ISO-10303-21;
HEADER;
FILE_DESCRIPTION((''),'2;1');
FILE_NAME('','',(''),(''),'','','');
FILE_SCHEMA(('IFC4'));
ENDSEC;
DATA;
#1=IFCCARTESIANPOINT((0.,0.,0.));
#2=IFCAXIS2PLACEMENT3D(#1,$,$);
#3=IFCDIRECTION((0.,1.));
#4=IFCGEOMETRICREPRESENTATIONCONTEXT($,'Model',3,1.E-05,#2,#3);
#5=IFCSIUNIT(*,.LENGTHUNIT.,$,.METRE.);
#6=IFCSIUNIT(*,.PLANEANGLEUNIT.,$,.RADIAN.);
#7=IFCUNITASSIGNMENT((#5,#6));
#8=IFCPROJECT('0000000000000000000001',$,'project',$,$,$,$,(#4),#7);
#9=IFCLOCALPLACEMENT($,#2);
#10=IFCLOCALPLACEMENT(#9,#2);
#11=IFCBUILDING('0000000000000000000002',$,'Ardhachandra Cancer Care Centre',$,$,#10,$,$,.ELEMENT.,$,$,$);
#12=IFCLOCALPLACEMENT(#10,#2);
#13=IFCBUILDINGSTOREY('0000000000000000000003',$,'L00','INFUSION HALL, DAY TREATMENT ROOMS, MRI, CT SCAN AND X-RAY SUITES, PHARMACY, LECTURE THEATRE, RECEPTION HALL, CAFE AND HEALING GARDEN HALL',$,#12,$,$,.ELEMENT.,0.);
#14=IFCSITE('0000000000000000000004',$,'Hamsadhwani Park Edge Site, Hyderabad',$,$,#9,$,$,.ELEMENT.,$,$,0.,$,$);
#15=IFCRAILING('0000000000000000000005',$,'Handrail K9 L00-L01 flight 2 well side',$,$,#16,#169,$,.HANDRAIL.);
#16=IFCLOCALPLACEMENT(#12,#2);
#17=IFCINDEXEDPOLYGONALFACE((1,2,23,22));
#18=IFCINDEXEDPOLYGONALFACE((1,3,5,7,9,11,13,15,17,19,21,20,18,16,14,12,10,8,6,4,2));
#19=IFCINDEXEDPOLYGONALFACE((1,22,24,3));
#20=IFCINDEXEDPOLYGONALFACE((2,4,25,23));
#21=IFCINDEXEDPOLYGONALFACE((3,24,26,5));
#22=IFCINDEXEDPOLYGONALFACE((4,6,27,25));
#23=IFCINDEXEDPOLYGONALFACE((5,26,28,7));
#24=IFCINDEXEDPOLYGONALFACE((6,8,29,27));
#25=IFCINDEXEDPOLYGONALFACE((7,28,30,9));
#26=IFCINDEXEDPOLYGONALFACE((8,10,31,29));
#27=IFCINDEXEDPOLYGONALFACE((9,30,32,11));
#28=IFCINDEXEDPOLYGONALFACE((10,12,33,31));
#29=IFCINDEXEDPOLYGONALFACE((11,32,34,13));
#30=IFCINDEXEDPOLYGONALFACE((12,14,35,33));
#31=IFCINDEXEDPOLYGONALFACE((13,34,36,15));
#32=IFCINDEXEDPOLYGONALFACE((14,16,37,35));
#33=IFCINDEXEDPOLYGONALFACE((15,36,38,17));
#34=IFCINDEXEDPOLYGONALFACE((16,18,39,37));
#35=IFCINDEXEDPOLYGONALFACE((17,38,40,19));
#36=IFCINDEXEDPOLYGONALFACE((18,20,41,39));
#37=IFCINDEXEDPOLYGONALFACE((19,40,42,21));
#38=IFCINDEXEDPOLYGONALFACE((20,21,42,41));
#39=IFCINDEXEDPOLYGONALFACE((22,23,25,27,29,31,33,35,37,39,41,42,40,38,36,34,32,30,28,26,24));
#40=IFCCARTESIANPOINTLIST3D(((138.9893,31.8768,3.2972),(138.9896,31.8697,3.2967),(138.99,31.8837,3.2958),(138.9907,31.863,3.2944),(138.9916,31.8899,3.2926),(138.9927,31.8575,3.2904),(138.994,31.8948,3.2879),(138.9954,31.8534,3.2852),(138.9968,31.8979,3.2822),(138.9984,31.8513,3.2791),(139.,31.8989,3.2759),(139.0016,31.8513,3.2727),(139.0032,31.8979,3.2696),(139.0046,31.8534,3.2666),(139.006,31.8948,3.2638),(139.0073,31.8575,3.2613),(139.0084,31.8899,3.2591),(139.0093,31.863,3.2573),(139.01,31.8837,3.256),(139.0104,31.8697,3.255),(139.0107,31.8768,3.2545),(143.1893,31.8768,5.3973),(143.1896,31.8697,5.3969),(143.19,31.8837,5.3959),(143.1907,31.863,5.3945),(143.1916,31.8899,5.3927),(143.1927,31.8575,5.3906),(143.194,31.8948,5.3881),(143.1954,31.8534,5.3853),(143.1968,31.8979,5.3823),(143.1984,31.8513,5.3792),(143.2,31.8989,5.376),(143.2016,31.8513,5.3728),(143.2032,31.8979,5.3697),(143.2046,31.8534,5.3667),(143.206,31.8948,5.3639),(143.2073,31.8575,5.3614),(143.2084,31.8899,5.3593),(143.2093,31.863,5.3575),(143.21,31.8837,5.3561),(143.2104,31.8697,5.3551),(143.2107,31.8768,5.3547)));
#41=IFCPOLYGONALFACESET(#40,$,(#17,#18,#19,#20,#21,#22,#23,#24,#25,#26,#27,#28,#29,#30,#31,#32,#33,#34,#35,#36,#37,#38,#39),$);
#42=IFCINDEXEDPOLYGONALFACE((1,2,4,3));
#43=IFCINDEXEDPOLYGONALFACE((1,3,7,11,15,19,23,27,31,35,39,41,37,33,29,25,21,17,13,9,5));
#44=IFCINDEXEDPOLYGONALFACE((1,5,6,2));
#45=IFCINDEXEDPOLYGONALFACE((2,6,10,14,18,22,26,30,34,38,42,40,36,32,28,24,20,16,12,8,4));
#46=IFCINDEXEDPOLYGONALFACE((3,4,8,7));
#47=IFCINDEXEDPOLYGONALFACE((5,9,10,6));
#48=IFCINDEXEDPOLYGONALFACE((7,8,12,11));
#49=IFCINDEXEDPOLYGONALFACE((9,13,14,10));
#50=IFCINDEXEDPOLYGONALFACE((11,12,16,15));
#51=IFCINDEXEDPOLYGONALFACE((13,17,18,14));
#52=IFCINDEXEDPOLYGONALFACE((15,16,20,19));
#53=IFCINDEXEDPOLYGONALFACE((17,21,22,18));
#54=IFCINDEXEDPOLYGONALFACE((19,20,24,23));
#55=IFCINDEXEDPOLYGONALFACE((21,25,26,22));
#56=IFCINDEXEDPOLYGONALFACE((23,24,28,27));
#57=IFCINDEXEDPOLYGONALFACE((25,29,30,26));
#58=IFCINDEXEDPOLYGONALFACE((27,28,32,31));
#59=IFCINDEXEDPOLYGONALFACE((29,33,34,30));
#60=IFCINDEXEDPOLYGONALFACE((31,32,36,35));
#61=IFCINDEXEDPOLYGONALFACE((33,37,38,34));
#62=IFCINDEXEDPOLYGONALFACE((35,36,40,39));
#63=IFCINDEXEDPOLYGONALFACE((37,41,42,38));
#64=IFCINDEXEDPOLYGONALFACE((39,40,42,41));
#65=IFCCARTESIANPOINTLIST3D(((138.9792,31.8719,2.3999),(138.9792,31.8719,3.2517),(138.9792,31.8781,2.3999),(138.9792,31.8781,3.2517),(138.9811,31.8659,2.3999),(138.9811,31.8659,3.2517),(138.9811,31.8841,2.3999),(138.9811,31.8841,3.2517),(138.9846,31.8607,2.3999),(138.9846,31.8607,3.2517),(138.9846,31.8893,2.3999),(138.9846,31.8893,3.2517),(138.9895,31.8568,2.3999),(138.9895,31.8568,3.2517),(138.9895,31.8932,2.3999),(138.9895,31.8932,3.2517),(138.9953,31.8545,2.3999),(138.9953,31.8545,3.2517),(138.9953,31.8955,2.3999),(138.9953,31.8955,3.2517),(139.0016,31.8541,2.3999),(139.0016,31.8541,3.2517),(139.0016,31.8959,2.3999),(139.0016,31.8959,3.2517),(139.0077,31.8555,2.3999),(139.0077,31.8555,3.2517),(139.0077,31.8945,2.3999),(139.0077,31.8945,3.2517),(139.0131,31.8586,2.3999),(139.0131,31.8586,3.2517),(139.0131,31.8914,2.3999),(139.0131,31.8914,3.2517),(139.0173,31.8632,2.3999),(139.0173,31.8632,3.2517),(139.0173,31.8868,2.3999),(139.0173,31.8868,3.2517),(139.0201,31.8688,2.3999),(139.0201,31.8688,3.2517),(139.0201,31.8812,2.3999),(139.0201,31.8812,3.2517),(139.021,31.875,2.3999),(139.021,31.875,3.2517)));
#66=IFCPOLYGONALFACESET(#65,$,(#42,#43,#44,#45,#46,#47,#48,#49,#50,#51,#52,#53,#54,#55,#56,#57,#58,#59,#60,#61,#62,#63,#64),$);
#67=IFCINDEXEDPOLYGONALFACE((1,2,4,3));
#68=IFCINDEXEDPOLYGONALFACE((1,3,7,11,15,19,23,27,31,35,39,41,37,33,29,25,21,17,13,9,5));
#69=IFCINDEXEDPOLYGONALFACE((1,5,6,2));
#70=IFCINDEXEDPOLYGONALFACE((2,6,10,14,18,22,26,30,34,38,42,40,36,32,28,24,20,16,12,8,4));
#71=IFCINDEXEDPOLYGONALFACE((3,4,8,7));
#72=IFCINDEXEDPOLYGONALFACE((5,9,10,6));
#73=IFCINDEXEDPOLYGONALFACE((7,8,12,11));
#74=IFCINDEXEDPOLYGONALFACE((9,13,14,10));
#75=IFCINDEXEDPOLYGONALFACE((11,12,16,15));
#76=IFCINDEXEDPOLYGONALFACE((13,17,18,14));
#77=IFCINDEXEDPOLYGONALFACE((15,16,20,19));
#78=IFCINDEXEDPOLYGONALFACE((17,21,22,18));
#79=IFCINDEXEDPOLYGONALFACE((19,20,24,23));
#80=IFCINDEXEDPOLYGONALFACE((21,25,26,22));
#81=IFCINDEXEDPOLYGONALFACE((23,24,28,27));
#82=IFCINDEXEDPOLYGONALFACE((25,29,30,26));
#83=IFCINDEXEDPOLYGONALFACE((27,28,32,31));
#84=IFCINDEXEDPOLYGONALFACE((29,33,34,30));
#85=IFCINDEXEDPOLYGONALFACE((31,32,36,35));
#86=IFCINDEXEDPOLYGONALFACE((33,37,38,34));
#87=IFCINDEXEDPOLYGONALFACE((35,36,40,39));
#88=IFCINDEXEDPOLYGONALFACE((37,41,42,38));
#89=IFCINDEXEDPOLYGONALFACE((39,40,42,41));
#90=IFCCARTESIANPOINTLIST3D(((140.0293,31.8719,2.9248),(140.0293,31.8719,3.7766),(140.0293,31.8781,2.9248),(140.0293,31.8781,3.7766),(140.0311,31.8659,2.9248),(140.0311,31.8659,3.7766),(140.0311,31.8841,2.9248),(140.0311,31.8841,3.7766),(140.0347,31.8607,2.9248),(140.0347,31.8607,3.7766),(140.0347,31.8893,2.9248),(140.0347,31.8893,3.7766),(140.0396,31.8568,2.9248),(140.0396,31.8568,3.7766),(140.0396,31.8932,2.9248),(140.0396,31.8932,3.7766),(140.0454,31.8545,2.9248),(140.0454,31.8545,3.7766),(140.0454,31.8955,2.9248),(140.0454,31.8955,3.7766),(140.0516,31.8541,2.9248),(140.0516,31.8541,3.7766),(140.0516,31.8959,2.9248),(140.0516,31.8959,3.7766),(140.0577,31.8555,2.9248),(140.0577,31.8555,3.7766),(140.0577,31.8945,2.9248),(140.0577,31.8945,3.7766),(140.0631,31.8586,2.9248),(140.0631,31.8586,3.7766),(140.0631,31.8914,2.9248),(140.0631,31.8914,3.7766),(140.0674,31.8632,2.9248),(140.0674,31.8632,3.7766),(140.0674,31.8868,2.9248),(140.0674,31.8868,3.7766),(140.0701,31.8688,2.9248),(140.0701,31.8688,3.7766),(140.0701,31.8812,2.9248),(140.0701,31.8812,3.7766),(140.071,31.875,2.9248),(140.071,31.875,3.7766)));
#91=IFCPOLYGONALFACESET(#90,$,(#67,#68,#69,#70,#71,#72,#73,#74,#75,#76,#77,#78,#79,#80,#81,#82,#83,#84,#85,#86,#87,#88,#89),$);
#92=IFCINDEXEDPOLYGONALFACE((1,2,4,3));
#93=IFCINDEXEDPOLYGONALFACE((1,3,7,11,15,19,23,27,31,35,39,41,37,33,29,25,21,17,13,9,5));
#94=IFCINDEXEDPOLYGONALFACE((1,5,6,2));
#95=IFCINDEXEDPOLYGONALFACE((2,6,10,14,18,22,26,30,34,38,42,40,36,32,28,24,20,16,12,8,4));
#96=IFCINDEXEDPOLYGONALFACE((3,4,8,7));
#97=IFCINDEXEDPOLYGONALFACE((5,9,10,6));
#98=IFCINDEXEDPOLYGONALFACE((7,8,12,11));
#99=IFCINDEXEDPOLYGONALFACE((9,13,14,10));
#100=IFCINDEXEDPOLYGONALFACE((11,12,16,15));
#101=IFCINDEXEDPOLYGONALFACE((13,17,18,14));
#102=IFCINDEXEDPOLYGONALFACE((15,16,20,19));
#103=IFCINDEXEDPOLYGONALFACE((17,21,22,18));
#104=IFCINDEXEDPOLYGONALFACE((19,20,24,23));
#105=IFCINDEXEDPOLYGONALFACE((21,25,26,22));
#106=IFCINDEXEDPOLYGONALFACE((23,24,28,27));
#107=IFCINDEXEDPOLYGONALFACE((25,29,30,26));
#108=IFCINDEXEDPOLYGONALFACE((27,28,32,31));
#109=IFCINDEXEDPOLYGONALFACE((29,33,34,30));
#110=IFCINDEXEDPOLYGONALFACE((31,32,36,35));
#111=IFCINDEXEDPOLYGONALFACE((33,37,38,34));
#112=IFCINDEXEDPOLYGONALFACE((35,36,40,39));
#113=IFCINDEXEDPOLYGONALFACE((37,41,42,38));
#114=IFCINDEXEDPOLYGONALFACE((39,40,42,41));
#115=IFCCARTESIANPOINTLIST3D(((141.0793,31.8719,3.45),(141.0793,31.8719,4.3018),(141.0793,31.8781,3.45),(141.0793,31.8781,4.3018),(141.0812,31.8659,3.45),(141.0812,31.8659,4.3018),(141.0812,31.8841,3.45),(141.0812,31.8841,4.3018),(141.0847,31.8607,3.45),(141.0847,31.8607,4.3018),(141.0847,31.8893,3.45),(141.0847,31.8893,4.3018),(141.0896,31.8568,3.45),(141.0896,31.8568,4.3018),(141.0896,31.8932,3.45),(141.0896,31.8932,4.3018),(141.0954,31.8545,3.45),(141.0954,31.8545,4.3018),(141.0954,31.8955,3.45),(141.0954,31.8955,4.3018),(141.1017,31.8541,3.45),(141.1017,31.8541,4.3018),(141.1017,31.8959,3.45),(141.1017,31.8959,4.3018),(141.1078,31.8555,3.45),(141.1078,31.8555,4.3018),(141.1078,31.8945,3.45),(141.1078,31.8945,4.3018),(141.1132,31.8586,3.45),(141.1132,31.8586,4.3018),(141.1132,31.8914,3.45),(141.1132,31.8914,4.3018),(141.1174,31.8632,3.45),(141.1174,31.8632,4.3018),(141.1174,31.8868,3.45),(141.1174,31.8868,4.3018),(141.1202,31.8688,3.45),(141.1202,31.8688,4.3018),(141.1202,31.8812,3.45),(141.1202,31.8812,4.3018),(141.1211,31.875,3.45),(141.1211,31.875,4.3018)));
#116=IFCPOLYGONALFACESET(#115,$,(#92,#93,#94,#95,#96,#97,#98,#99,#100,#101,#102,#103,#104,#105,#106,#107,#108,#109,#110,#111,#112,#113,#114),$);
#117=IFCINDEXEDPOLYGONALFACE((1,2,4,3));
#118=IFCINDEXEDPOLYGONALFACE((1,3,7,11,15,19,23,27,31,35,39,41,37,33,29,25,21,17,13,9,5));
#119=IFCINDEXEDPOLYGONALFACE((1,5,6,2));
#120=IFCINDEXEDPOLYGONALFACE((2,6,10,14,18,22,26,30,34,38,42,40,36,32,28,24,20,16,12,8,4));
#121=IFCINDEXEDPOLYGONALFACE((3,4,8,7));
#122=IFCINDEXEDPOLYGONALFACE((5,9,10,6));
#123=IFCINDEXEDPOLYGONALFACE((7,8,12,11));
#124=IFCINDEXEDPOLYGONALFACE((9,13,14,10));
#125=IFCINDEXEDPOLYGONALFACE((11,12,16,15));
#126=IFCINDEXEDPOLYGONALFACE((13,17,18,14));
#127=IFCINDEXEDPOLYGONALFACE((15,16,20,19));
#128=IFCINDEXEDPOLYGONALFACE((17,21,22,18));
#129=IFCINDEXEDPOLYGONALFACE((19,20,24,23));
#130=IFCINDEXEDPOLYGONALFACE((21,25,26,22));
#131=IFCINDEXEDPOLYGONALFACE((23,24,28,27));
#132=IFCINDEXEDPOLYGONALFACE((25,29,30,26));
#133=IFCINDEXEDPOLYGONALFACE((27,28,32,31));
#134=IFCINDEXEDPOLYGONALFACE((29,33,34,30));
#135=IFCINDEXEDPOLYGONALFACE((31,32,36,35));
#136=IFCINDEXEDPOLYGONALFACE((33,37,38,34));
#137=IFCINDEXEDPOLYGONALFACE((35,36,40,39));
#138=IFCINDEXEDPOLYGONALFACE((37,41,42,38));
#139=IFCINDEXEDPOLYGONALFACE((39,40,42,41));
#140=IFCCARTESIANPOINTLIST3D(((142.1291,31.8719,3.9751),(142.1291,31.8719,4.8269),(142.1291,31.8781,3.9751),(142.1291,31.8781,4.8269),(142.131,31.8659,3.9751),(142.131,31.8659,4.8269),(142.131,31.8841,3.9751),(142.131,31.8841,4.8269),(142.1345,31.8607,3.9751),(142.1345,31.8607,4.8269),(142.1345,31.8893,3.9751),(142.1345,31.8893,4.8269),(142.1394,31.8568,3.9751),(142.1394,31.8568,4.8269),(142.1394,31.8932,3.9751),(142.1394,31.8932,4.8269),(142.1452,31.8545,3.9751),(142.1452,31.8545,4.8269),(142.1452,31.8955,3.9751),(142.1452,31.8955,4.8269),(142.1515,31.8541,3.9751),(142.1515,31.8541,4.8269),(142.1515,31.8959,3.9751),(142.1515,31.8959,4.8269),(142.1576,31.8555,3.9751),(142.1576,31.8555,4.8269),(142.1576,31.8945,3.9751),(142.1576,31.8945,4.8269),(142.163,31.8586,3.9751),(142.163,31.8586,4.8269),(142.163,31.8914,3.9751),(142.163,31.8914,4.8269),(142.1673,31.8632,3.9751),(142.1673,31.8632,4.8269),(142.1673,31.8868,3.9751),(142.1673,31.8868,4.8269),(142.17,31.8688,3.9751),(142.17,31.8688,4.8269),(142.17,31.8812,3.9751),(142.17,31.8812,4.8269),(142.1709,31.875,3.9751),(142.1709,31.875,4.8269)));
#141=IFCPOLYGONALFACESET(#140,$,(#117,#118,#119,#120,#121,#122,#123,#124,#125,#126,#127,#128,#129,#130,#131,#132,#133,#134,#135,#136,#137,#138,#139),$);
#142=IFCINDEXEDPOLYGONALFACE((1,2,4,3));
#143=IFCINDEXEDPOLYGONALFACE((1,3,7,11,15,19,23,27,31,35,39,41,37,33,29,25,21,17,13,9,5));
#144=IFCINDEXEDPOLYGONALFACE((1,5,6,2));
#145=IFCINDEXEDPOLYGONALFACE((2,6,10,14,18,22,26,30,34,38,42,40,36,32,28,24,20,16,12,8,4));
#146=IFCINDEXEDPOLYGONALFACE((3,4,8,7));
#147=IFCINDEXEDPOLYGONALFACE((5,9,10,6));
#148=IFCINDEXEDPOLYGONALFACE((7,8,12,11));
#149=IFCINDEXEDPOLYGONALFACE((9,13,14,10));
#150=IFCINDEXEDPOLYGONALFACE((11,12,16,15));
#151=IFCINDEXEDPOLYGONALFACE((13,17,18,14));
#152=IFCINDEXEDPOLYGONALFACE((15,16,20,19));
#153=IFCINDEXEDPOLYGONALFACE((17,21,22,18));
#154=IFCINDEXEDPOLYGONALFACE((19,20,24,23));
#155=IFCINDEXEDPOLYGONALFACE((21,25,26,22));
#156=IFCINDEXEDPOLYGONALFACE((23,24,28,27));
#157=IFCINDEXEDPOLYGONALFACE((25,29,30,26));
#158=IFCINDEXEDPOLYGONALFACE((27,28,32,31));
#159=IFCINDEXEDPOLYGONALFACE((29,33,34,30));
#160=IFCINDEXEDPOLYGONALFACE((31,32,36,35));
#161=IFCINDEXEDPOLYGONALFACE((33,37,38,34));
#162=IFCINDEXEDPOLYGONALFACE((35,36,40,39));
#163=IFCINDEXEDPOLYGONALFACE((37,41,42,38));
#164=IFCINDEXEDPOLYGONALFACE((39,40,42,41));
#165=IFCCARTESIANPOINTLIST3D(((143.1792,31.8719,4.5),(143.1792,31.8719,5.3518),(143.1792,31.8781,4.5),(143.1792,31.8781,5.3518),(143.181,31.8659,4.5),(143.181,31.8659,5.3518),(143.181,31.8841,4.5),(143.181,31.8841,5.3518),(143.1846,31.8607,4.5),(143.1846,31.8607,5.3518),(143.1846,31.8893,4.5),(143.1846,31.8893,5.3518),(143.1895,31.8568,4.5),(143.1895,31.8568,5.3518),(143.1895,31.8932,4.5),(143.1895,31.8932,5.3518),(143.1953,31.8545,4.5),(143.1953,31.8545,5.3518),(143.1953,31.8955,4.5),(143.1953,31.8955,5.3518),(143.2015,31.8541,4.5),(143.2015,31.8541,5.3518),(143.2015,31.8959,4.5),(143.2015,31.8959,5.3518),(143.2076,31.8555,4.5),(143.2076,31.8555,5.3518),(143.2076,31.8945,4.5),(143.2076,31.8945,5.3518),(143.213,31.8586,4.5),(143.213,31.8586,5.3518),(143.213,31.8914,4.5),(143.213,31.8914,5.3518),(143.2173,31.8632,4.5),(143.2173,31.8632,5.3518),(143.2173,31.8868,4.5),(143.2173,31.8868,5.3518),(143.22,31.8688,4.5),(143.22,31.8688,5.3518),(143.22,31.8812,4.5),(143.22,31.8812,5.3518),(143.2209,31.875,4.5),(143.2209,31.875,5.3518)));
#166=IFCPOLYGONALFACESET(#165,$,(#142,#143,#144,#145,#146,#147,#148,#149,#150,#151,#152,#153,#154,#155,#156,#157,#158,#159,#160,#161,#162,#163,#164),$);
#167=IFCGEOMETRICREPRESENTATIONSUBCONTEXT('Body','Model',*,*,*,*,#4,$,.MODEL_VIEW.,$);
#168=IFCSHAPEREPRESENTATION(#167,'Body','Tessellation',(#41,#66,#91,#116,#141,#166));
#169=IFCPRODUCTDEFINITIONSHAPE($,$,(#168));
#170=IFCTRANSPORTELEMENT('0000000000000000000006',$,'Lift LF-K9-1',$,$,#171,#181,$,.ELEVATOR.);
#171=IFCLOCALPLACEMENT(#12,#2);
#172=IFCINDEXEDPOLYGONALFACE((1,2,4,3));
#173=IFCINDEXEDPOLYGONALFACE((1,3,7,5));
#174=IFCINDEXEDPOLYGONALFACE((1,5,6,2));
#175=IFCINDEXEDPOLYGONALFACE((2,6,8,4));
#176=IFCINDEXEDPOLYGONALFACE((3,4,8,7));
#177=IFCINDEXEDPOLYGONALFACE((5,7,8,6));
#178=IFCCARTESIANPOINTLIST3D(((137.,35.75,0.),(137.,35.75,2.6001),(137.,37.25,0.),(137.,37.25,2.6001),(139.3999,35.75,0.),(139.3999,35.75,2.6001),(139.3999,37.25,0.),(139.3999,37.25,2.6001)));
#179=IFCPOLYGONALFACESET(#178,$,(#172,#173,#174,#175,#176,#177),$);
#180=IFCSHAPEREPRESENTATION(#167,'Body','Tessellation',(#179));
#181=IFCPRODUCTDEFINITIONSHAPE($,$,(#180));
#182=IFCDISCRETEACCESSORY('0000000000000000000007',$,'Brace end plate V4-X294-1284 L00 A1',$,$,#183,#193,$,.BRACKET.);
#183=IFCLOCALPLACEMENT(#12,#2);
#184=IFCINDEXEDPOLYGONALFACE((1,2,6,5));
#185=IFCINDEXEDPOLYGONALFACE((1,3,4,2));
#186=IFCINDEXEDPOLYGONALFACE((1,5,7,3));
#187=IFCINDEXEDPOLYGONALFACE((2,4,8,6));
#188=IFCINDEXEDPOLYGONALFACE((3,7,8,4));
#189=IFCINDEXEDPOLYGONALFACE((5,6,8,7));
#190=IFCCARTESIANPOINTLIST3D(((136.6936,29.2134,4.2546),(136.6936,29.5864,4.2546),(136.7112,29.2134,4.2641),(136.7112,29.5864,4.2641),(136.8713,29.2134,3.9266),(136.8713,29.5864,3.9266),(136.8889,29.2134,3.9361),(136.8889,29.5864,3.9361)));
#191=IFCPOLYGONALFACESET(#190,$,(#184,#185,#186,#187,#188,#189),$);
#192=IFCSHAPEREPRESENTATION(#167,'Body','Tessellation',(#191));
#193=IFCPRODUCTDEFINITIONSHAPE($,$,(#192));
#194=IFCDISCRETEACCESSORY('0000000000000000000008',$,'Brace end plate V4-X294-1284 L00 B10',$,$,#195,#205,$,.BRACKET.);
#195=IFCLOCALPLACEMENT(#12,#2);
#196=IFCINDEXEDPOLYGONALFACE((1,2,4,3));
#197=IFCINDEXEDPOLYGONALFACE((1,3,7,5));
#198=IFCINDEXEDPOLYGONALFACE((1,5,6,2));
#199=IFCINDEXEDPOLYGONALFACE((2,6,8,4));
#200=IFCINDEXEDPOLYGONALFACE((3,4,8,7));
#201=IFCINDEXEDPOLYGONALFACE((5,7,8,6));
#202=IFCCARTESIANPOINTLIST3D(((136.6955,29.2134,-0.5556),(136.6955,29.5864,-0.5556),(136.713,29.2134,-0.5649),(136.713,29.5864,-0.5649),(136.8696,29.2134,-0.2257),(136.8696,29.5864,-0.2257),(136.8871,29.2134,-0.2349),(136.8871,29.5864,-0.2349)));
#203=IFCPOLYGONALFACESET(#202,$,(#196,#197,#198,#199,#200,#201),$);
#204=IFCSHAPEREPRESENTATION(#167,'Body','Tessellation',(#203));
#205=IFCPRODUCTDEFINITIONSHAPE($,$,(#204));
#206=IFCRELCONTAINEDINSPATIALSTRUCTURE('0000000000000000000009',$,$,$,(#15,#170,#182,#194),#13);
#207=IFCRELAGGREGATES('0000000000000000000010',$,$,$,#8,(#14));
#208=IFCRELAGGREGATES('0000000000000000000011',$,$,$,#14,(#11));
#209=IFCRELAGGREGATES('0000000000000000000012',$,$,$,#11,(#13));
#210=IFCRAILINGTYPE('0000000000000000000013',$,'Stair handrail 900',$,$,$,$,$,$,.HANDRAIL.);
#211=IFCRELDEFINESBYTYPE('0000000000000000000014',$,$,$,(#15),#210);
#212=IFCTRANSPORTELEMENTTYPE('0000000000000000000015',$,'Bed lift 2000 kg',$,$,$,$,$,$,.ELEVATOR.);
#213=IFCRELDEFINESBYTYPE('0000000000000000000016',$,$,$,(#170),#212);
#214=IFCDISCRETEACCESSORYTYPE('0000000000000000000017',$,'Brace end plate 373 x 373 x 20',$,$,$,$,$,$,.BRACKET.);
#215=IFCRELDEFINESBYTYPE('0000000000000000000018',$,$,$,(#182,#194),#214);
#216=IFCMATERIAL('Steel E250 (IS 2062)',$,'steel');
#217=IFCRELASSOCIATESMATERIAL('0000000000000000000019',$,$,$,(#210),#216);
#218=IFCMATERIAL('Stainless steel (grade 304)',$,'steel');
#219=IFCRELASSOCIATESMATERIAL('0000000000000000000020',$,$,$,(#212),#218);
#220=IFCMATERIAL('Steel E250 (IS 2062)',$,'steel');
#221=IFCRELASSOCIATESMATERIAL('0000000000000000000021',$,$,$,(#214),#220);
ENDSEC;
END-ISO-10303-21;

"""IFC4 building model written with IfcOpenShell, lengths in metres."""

from ifc_helpers import new_model, si_unit, direction, frame, origin, origin_2d, place, context, subcontext, project, spatial, rectangle, circle, extrude, material, material_profile, profile_set, type_object, element, save


model = new_model("IFC4")

# Units and contexts
model_context = context("Model", 3, precision=1e-05, world=origin(), true_north=direction((0.0, 1.0)))
body_context = subcontext(model_context, "Body", "Model", "MODEL_VIEW")
ifc_project = project(units=[si_unit("LENGTHUNIT", "METRE"), si_unit("PLANEANGLEUNIT", "RADIAN")], contexts=[model_context])

# Site, building, storey
site_placement = place(None, origin())
site = spatial("IfcSite", under=ifc_project, at=site_placement, Name="Hamsadhwani Park Edge Site, Hyderabad", CompositionType="ELEMENT", RefElevation=0.0)
building_placement = place(site_placement, origin())
building = spatial("IfcBuilding", under=site, at=building_placement, Name="Ardhachandra Cancer Care Centre", CompositionType="ELEMENT")
storey_placement = place(building_placement, origin())
storey = spatial("IfcBuildingStorey", under=building, at=storey_placement, Name="L00", Description="INFUSION HALL, DAY TREATMENT ROOMS, MRI, CT SCAN AND X-RAY SUITES, PHARMACY, LECTURE THEATRE, RECEPTION HALL, CAFE AND HEALING GARDEN HALL", CompositionType="ELEMENT", Elevation=0.0)

# Railing
ifc_material_1 = material(Name="Steel E250 (IS 2062)", Category="steel")
railing_type = type_object("IfcRailingType", Name="Stair handrail 900", PredefinedType="HANDRAIL", material=ifc_material_1)
railing_placement = place(storey_placement, frame((139.0, 31.875, 2.3999)))
element("IfcRailing", 1, at=railing_placement, inside=storey, type_object=railing_type, Name="Handrail K9 L00-L01 flight 2 well side", PredefinedType="HANDRAIL", context=body_context, shape_type="SweptSolid", body=[
    extrude(circle(Radius=0.0239, at=origin_2d()), frame((0.0, 0.0, 0.876), z_axis=(0.894417, 0.0, 0.447234), x_axis=(0.0, 1.0, 0.0)), (0.0, 0.0, 1.0), 4.6958),
    extrude(circle(Radius=0.021, at=origin_2d()), origin(), (0.0, 0.0, 1.0), 0.8518),
    extrude(circle(Radius=0.021, at=origin_2d()), frame((1.05, 0.0, 0.5249)), (0.0, 0.0, 1.0), 0.8518),
    extrude(circle(Radius=0.021, at=origin_2d()), frame((2.1001, 0.0, 1.05)), (0.0, 0.0, 1.0), 0.8518),
    extrude(circle(Radius=0.021, at=origin_2d()), frame((3.1499, 0.0, 1.5752)), (0.0, 0.0, 1.0), 0.8518),
    extrude(circle(Radius=0.021, at=origin_2d()), frame((4.2, 0.0, 2.1001)), (0.0, 0.0, 1.0), 0.8518),
])

# Transport element
ifc_material_2 = material(Name="Stainless steel (grade 304)", Category="steel")
transport_element_type = type_object("IfcTransportElementType", Name="Bed lift 2000 kg", PredefinedType="ELEVATOR", material=ifc_material_2)
transport_element_placement = place(storey_placement, frame((138.2, 36.5, 0.0), z_axis=(0.0, 0.0, 1.0), x_axis=(1.0, 0.0, 0.0)))
element("IfcTransportElement", 2, at=transport_element_placement, inside=storey, type_object=transport_element_type, Name="Lift LF-K9-1", PredefinedType="ELEVATOR", context=body_context, shape_type="SweptSolid", body=[
    extrude(rectangle(XDim=2.3999, YDim=1.5, at=origin_2d()), origin(), (0.0, 0.0, 1.0), 2.6001),
])

# Discrete accessories
ifc_material_3 = material(Name="Steel E250 (IS 2062)", Category="steel")
ifc_material_profile_1 = material_profile(ifc_material_3, rectangle(XDim=0.373, YDim=0.373, at=origin_2d()), Name="PL 373x373x20")
ifc_profile_set_1 = profile_set([ifc_material_profile_1], Name="Steel E250 (IS 2062)")
discrete_accessory_type_1 = type_object("IfcDiscreteAccessoryType", Name="Brace end plate 373 x 373 x 20", PredefinedType="BRACKET", material=ifc_profile_set_1)
discrete_accessory_1_placement = place(storey_placement, frame((136.8, 29.3999, 4.1001), z_axis=(-0.879292, 0.0, -0.476283), x_axis=(0.0, -1.0, 0.0)))
element("IfcDiscreteAccessory", 3, at=discrete_accessory_1_placement, inside=storey, type_object=discrete_accessory_type_1, Name="Brace end plate V4-X294-1284 L00 A1", PredefinedType="BRACKET", context=body_context, shape_type="SweptSolid", body=[
    extrude(rectangle(XDim=0.373, YDim=0.373, at=origin_2d()), origin(), (0.0, 0.0, 1.0), 0.02),
])
discrete_accessory_2_placement = place(storey_placement, frame((136.8, 29.3999, -0.3999), z_axis=(-0.884385, 0.0, 0.466759), x_axis=(0.0, -1.0, 0.0)))
element("IfcDiscreteAccessory", 4, at=discrete_accessory_2_placement, inside=storey, type_object=discrete_accessory_type_1, Name="Brace end plate V4-X294-1284 L00 B10", PredefinedType="BRACKET", context=body_context, shape_type="SweptSolid", body=[
    extrude(rectangle(XDim=0.373, YDim=0.373, at=origin_2d()), origin(), (0.0, 0.0, 1.0), 0.0198),
])

save(model, "model.ifc")
